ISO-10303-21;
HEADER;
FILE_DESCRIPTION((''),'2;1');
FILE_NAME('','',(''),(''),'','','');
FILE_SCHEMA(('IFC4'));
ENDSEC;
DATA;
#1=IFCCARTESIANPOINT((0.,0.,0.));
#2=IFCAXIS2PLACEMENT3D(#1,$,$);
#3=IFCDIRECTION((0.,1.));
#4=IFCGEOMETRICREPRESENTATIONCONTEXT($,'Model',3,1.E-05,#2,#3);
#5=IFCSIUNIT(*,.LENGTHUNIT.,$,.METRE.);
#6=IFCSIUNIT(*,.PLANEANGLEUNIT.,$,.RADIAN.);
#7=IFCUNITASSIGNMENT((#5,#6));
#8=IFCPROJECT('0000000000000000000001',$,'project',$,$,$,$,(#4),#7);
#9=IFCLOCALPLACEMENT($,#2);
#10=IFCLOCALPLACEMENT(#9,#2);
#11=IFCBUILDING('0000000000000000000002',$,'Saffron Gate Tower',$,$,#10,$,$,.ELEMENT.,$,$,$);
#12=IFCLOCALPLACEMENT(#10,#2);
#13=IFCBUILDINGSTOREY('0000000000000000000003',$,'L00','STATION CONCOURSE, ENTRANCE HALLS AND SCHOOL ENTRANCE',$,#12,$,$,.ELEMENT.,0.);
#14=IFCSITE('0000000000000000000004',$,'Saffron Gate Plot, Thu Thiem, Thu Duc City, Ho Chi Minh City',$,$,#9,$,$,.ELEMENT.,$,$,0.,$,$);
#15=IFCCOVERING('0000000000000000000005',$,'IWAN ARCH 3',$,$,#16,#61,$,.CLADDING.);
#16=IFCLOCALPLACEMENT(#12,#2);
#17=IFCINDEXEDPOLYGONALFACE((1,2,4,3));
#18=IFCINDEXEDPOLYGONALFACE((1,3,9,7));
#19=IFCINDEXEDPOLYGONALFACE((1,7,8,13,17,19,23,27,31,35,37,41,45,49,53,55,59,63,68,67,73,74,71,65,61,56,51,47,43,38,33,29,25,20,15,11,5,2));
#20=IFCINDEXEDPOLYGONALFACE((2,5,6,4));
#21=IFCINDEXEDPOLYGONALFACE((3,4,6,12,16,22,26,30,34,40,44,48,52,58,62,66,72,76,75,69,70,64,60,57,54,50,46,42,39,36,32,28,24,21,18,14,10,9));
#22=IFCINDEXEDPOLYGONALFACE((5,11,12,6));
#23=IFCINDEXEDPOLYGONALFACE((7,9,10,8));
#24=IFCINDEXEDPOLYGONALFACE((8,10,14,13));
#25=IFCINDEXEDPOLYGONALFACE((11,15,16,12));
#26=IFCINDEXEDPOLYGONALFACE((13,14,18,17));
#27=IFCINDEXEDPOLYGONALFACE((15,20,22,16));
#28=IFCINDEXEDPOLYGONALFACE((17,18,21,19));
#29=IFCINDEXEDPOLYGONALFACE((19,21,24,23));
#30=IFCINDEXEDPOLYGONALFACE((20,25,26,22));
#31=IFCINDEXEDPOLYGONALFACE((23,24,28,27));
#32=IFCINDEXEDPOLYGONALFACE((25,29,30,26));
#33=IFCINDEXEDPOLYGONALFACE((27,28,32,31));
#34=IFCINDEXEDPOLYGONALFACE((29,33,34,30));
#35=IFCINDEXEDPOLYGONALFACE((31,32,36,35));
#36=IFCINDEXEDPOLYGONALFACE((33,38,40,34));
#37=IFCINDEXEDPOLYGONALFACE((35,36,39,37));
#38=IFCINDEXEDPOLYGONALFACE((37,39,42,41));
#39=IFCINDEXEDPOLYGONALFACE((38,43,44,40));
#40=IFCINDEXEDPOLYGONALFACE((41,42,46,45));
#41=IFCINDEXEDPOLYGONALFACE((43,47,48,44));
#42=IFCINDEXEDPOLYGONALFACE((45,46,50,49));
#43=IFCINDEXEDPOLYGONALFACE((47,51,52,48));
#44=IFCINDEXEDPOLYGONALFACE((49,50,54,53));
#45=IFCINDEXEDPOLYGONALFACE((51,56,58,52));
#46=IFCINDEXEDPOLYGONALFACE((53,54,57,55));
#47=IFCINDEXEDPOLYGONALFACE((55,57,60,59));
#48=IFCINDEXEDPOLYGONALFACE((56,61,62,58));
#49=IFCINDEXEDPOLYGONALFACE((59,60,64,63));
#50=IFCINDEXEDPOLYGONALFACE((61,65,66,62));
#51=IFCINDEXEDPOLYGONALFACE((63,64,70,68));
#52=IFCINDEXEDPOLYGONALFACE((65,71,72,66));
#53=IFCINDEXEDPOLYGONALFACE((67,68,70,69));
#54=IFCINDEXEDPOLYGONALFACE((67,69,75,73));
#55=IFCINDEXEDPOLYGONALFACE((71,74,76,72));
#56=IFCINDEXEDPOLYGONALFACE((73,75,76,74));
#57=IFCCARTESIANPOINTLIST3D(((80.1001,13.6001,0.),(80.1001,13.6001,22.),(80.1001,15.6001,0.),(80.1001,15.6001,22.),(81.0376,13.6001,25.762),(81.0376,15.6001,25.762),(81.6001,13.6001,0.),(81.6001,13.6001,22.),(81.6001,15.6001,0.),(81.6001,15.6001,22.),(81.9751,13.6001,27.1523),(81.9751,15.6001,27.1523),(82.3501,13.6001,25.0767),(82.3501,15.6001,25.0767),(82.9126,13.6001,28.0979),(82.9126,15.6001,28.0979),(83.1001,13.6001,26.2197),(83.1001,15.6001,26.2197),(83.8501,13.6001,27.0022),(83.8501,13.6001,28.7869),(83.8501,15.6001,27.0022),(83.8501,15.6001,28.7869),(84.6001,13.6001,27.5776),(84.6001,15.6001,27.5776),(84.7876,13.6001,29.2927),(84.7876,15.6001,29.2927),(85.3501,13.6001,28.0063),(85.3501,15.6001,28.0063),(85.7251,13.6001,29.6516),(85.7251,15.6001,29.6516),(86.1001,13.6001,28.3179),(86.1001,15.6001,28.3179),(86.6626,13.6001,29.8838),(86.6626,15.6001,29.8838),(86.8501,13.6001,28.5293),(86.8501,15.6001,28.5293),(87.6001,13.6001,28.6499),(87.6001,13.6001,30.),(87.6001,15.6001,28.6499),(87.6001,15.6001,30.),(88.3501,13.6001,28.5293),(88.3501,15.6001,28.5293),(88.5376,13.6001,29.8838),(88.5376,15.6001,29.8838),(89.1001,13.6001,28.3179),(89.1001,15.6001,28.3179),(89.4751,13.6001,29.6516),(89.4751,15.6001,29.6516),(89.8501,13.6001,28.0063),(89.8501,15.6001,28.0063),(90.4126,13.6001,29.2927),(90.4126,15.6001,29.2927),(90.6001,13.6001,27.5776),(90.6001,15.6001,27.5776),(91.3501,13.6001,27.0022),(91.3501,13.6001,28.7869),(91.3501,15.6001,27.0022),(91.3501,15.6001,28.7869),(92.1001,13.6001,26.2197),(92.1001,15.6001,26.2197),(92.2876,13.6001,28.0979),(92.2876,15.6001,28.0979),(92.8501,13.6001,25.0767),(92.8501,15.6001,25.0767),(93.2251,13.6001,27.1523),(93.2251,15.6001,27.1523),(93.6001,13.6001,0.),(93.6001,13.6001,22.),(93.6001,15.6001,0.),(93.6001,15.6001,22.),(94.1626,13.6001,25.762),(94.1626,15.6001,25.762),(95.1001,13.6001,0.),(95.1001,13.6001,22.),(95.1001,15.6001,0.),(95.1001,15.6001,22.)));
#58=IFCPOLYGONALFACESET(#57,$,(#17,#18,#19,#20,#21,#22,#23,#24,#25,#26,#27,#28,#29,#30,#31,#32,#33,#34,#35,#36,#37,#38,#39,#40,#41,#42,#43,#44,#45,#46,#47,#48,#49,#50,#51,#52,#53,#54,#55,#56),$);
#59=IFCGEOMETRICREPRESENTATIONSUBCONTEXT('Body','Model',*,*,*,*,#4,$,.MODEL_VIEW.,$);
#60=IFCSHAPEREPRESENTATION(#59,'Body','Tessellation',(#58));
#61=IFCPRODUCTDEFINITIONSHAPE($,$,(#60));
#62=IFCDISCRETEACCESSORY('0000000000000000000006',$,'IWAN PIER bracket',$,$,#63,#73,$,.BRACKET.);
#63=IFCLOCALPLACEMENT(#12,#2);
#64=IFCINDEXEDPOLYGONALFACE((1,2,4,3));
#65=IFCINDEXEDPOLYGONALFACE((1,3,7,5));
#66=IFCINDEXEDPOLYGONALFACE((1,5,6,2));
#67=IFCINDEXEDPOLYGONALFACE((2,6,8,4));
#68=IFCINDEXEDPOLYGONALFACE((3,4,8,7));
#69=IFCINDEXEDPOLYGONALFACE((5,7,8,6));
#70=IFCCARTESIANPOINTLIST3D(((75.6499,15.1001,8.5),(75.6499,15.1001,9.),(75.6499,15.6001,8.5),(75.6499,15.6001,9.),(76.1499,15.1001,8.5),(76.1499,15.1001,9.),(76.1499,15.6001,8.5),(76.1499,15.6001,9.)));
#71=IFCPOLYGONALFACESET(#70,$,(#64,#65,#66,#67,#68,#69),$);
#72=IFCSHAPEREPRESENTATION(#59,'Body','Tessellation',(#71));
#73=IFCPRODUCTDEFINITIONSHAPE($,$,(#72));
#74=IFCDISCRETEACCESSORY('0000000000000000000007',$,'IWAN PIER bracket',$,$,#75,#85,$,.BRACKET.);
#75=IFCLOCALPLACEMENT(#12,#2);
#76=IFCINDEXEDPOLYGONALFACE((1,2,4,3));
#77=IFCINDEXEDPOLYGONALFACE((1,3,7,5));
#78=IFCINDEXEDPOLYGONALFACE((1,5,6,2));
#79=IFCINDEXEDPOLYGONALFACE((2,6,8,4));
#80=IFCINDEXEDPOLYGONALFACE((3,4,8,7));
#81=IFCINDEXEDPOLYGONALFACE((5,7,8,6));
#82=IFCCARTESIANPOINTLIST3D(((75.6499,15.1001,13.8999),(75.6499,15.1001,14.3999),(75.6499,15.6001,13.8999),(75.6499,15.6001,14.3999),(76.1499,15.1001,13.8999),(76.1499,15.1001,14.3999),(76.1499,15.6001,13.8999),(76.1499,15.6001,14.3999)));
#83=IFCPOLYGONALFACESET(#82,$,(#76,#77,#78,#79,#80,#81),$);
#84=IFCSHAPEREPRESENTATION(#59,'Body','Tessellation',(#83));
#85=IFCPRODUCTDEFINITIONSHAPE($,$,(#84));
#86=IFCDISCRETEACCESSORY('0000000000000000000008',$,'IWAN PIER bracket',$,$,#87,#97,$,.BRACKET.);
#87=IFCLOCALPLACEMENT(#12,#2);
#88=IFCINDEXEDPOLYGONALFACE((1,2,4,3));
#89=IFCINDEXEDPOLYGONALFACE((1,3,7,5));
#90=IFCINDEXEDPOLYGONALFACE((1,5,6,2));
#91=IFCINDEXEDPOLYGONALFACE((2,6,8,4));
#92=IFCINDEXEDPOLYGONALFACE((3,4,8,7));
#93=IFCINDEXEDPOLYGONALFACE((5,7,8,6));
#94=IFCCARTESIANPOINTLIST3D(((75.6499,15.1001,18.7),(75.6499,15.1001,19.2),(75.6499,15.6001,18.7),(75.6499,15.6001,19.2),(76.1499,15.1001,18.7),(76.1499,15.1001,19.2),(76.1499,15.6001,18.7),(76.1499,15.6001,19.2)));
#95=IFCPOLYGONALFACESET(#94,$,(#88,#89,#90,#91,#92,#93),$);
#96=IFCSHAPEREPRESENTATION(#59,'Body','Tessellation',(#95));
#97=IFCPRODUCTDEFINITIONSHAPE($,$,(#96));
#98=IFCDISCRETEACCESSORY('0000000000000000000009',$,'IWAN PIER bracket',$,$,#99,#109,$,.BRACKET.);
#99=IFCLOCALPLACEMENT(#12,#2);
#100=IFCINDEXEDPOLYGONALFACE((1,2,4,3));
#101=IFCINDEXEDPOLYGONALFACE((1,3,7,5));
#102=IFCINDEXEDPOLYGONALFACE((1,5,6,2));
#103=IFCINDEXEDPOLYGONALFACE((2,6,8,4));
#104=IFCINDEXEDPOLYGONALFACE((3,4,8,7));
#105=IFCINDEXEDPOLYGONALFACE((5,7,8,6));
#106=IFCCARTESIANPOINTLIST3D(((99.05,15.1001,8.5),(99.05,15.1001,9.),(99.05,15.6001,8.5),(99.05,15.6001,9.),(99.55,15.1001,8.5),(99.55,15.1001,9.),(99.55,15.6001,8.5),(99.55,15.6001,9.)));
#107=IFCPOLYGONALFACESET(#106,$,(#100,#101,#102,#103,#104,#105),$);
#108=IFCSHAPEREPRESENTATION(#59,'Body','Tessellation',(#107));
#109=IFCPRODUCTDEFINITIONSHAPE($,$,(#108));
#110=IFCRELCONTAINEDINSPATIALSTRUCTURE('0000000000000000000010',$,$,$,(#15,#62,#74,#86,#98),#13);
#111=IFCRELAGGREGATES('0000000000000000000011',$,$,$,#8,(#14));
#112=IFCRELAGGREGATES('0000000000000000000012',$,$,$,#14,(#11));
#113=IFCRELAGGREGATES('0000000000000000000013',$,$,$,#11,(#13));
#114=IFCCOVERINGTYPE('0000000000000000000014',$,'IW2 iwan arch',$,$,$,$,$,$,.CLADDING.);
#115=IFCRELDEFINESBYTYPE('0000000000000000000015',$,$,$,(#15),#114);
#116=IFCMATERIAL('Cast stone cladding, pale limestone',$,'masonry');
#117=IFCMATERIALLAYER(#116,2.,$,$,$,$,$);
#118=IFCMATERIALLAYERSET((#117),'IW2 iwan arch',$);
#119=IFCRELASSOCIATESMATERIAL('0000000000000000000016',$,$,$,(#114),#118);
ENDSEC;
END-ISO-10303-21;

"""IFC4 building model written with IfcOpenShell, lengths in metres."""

from ifc_helpers import new_model, si_unit, direction, frame, origin, origin_2d, place, context, subcontext, project, spatial, polyline, rectangle, outline, extrude, material, layer, layer_set, type_object, element, save


model = new_model("IFC4")

# Units and contexts
model_context = context("Model", 3, precision=1e-05, world=origin(), true_north=direction((0.0, 1.0)))
body_context = subcontext(model_context, "Body", "Model", "MODEL_VIEW")
ifc_project = project(units=[si_unit("LENGTHUNIT", "METRE"), si_unit("PLANEANGLEUNIT", "RADIAN")], contexts=[model_context])

# Site, building, storey
site_placement = place(None, origin())
site = spatial("IfcSite", under=ifc_project, at=site_placement, Name="Saffron Gate Plot, Thu Thiem, Thu Duc City, Ho Chi Minh City", CompositionType="ELEMENT", RefElevation=0.0)
building_placement = place(site_placement, origin())
building = spatial("IfcBuilding", under=site, at=building_placement, Name="Saffron Gate Tower", CompositionType="ELEMENT")
storey_placement = place(building_placement, origin())
storey = spatial("IfcBuildingStorey", under=building, at=storey_placement, Name="L00", Description="STATION CONCOURSE, ENTRANCE HALLS AND SCHOOL ENTRANCE", CompositionType="ELEMENT", Elevation=0.0)

# Covering
ifc_material_1 = material(Name="Cast stone cladding, pale limestone", Category="masonry")
ifc_layer_1 = layer(ifc_material_1, 2.0)
ifc_layer_set_1 = layer_set([ifc_layer_1], Name="IW2 iwan arch")
covering_type = type_object("IfcCoveringType", Name="IW2 iwan arch", PredefinedType="CLADDING", material=ifc_layer_set_1)
covering_1_placement = place(storey_placement, frame((81.6001, 13.6001, 0.0), z_axis=(0.0, -1.0, 0.0), x_axis=(0.0, 0.0, 1.0)))
element("IfcCovering", 1, at=covering_1_placement, inside=storey, type_object=covering_type, Name="IWAN ARCH 3", PredefinedType="CLADDING", context=body_context, shape_type="SweptSolid", body=[
    extrude(outline(polyline([(0.0, 0.0), (22.0, 0.0), (25.0767, -0.75), (26.2197, -1.5), (27.0022, -2.25), (27.5776, -3.0), (28.0063, -3.75), (28.3179, -4.5), (28.5293, -5.25), (28.6499, -6.0), (28.5293, -6.75), (28.3179, -7.5), (28.0063, -8.25), (27.5776, -9.0), (27.0022, -9.75), (26.2197, -10.5), (25.0767, -11.25), (22.0, -12.0), (0.0, -12.0), (0.0, -13.5), (22.0, -13.5), (25.762, -12.5625), (27.1523, -11.625), (28.0979, -10.6875), (28.7869, -9.75), (29.2927, -8.8125), (29.6516, -7.875), (29.8838, -6.9375), (30.0, -6.0), (29.8838, -5.0625), (29.6516, -4.125), (29.2927, -3.1875), (28.7869, -2.25), (28.0979, -1.3125), (27.1523, -0.375), (25.762, 0.5625), (22.0, 1.5), (0.0, 1.5), (0.0, 0.0)])), origin(), (0.0, 0.0, -1.0), 2.0),
])

# Discrete accessories
for number, where, z_axis, x_axis, name in (
    (2, (75.8999, 15.3501, 8.5), (0.0, 0.0, 1.0), (1.0, 0.0, 0.0), "IWAN PIER bracket"),
    (3, (75.8999, 15.3501, 13.8999), (0.0, 0.0, 1.0), (1.0, 0.0, 0.0), "IWAN PIER bracket"),
    (4, (75.8999, 15.3501, 18.7), (0.0, 0.0, 1.0), (1.0, 0.0, 0.0), "IWAN PIER bracket"),
    (5, (99.3, 15.3501, 8.5), (0.0, 0.0, 1.0), (1.0, 0.0, 0.0), "IWAN PIER bracket"),
):
    element("IfcDiscreteAccessory", number, at=place(storey_placement, frame(where, z_axis=z_axis, x_axis=x_axis)), inside=storey, Name=name, PredefinedType="BRACKET", context=body_context, shape_type="SweptSolid", body=[
        extrude(rectangle(XDim=0.5, YDim=0.5, at=origin_2d()), origin(), (0.0, 0.0, 1.0), 0.5),
    ])

save(model, "model.ifc")
